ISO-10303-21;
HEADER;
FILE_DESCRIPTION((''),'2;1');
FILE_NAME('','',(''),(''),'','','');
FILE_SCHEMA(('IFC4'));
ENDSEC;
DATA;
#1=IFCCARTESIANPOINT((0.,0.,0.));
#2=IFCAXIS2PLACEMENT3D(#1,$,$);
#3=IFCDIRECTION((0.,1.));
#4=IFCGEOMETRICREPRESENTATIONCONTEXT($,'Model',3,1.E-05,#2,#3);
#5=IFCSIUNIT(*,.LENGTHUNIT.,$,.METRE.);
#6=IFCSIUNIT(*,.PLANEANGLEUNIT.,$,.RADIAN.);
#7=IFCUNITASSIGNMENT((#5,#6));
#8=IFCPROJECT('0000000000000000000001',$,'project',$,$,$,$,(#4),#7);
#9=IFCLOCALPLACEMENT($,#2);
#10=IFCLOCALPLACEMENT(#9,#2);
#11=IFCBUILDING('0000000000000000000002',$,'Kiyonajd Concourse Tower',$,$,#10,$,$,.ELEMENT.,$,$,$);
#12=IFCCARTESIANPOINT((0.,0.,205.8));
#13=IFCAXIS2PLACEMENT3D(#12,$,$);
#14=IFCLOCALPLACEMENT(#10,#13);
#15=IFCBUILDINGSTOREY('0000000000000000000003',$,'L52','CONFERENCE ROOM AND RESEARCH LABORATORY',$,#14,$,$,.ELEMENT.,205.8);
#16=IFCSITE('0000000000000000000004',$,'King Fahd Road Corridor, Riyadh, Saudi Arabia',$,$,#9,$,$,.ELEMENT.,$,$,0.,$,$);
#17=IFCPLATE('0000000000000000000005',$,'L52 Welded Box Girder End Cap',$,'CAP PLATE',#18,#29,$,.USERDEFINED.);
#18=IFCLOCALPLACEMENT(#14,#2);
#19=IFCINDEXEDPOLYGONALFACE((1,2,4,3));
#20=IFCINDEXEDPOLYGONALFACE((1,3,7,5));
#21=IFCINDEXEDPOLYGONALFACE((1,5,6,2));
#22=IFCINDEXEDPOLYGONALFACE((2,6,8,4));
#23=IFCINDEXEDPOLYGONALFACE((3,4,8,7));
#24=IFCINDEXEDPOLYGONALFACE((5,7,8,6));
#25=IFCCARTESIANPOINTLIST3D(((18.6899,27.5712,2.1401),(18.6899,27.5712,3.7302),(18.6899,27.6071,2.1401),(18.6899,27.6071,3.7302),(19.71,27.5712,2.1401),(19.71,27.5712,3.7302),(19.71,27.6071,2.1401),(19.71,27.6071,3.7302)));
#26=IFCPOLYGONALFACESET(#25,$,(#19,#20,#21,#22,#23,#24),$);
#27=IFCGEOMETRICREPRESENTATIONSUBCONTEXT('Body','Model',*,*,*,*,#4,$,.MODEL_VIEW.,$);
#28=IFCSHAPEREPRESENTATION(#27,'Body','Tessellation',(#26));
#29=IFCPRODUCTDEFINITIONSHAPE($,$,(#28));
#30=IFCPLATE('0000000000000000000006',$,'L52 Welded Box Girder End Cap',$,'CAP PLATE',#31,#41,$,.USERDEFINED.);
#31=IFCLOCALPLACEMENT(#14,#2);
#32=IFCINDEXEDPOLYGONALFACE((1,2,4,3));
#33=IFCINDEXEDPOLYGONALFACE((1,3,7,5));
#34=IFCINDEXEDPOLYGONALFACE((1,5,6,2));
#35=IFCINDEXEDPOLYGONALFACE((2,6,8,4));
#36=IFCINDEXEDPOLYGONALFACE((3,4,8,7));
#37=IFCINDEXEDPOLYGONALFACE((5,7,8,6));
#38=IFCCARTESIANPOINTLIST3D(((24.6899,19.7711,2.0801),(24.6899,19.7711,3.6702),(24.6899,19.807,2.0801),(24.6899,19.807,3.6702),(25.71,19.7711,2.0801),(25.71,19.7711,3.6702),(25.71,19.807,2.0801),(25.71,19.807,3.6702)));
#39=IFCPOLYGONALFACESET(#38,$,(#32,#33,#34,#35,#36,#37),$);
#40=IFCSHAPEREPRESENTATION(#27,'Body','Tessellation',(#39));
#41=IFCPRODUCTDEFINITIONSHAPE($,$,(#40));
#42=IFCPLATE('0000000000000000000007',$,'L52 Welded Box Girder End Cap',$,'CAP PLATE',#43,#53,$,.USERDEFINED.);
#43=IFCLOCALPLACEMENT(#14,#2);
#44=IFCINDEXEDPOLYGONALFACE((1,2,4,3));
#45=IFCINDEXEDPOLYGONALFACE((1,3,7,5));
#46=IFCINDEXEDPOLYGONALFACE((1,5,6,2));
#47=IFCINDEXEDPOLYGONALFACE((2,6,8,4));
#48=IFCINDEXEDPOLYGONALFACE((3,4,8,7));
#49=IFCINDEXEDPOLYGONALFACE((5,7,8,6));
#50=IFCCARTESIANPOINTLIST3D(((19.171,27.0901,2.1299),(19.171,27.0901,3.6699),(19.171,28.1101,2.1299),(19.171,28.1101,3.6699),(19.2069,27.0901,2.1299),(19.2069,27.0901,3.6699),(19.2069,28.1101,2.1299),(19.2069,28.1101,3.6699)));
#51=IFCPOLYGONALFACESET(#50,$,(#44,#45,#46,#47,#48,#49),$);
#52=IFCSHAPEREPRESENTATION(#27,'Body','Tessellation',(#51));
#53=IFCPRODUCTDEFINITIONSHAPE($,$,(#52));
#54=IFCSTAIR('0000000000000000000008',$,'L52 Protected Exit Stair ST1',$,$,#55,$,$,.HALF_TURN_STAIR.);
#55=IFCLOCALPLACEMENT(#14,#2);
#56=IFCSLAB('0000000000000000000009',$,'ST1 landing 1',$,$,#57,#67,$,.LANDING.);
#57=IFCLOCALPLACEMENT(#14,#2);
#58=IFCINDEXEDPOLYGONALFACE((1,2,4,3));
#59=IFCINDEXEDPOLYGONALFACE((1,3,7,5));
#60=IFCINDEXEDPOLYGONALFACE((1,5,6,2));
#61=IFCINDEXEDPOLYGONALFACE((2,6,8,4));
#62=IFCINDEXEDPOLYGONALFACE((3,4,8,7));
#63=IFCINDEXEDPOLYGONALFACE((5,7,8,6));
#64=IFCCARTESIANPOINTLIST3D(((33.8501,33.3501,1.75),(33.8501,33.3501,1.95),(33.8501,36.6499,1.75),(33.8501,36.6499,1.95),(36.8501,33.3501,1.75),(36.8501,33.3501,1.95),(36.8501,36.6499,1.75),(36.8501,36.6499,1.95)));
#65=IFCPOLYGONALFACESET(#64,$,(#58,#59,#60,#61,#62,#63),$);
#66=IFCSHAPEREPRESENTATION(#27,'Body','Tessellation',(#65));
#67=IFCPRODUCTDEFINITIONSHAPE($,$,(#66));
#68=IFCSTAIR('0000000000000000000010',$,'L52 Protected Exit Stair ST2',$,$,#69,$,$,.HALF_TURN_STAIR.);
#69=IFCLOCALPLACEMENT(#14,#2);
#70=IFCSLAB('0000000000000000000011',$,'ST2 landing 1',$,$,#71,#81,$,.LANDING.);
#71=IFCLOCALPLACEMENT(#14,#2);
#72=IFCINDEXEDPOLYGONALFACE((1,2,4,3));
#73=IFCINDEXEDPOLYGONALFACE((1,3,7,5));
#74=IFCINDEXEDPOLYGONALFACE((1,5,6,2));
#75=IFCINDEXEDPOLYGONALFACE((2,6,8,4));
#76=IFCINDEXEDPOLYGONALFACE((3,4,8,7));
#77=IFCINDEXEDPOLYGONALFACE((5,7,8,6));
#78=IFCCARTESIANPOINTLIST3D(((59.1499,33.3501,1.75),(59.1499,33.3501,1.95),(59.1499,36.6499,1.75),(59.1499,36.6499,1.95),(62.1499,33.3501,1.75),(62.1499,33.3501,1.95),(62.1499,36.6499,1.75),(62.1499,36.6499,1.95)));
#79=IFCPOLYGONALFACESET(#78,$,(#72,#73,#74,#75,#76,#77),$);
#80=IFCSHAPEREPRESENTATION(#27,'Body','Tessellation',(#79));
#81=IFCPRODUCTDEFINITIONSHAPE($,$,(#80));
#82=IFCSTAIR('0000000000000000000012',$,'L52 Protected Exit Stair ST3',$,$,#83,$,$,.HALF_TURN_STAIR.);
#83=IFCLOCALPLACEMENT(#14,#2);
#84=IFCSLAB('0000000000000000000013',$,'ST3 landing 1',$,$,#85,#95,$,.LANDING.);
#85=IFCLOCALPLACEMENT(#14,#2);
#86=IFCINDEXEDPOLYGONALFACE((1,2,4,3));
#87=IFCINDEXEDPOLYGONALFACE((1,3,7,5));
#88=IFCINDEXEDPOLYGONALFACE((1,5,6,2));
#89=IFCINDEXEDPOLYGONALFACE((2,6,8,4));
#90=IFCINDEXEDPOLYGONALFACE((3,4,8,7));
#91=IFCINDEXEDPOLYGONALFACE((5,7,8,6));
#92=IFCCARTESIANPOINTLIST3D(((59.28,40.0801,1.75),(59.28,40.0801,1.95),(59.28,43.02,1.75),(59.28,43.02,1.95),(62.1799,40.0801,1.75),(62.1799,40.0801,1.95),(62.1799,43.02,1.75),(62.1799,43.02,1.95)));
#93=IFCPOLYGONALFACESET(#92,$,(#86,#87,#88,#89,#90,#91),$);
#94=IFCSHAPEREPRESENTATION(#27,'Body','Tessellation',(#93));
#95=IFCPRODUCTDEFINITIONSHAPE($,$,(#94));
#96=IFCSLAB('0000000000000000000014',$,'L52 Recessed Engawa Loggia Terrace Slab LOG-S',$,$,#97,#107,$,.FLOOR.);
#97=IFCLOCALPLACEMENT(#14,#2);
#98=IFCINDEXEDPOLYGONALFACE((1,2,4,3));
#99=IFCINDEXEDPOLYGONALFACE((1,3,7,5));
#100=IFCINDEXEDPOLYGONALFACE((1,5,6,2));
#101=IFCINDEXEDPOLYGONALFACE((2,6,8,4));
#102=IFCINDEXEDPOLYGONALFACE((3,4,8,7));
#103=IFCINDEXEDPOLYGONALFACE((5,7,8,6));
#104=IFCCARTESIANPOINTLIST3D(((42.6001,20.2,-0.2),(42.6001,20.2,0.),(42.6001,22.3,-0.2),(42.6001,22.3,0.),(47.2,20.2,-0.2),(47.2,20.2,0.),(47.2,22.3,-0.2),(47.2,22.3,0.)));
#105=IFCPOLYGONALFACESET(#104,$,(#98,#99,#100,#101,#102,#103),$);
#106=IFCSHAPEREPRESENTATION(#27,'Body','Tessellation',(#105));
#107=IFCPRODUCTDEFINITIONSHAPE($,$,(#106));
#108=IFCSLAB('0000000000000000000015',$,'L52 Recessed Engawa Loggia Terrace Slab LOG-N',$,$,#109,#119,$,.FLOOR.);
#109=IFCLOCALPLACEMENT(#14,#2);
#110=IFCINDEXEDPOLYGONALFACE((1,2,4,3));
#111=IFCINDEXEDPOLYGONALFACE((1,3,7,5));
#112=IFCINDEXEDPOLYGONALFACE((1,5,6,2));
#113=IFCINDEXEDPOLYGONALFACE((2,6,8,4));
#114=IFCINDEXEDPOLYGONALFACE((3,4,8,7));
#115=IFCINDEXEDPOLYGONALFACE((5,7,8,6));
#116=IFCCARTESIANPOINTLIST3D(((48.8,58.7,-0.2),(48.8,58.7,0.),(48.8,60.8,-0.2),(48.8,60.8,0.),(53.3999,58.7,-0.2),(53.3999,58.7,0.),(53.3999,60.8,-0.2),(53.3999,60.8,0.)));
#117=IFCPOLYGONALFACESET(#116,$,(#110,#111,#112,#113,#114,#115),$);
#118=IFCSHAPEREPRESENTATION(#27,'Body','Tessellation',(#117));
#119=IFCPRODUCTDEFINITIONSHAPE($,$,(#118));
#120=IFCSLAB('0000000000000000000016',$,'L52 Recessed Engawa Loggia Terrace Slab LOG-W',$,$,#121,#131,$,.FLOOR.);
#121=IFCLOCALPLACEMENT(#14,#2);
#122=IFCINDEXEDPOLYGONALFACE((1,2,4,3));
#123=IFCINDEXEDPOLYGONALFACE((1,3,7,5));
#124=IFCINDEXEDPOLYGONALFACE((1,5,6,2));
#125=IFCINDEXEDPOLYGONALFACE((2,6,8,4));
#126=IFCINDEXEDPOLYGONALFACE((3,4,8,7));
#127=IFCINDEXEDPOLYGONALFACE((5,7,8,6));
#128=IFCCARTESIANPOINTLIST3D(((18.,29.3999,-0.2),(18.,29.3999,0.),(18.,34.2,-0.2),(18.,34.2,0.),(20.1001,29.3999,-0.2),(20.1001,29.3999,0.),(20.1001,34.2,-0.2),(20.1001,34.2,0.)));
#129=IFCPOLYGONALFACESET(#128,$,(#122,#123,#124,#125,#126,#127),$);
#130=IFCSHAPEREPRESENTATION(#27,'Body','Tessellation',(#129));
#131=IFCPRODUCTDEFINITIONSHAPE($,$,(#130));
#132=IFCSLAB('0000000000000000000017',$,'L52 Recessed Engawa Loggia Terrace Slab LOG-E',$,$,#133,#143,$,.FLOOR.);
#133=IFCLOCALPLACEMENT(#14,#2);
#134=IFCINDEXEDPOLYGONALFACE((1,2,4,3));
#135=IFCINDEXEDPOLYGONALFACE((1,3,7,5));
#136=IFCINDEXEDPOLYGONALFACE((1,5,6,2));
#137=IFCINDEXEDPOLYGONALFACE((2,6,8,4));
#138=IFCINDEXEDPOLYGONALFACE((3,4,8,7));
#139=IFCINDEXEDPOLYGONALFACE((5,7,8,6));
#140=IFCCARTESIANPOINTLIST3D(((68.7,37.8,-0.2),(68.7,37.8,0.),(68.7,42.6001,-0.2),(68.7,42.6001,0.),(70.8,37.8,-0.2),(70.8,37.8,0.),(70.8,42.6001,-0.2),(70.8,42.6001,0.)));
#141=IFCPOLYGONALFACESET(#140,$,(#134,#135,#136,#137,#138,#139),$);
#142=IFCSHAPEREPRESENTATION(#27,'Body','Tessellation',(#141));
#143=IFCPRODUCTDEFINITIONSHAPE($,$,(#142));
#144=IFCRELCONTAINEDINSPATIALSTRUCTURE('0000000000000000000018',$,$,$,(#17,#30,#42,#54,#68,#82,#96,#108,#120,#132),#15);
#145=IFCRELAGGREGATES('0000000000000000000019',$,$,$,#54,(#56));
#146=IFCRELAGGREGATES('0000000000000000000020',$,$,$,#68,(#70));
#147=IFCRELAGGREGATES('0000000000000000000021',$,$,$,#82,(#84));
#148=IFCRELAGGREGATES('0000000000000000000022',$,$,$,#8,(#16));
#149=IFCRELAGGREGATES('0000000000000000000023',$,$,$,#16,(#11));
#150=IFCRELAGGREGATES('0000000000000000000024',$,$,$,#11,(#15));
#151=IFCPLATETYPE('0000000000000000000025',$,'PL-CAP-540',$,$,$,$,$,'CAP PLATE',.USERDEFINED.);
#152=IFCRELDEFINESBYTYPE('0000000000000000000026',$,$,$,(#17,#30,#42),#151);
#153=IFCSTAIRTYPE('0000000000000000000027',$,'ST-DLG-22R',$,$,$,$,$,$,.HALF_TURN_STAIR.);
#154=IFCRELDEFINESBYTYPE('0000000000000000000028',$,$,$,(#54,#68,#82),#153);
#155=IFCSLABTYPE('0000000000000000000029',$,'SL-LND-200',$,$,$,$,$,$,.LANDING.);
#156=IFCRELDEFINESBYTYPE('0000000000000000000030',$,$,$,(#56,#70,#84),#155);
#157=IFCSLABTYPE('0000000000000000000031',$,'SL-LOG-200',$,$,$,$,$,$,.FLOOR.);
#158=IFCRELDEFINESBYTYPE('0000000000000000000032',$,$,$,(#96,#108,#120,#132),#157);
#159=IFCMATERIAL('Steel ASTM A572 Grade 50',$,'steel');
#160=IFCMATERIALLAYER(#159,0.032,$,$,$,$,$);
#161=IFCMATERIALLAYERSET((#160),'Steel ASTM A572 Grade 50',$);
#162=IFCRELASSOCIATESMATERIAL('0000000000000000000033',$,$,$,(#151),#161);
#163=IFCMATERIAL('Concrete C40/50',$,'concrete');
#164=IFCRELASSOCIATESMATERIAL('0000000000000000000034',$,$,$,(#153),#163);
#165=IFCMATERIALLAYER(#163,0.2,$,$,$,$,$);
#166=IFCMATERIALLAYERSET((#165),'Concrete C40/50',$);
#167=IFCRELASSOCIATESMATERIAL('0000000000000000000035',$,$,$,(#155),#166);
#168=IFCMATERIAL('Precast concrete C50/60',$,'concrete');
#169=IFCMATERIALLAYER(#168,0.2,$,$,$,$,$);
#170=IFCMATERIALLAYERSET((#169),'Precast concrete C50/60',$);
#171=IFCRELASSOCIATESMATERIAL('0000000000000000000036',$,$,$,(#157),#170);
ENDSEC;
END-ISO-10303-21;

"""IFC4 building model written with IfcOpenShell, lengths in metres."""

from ifc_helpers import new_model, si_unit, direction, frame, origin, origin_2d, place, context, subcontext, project, spatial, polyline, rectangle, outline, extrude, material, layer, layer_set, type_object, element, aggregate, save


model = new_model("IFC4")

# Units and contexts
model_context = context("Model", 3, precision=1e-05, world=origin(), true_north=direction((0.0, 1.0)))
body_context = subcontext(model_context, "Body", "Model", "MODEL_VIEW")
ifc_project = project(units=[si_unit("LENGTHUNIT", "METRE"), si_unit("PLANEANGLEUNIT", "RADIAN")], contexts=[model_context])

# Site, building, storey
site_placement = place(None, origin())
site = spatial("IfcSite", under=ifc_project, at=site_placement, Name="King Fahd Road Corridor, Riyadh, Saudi Arabia", CompositionType="ELEMENT", RefElevation=0.0)
building_placement = place(site_placement, origin())
building = spatial("IfcBuilding", under=site, at=building_placement, Name="Kiyonajd Concourse Tower", CompositionType="ELEMENT")
storey_placement = place(building_placement, frame((0.0, 0.0, 205.8)))
storey = spatial("IfcBuildingStorey", under=building, at=storey_placement, Name="L52", Description="CONFERENCE ROOM AND RESEARCH LABORATORY", CompositionType="ELEMENT", Elevation=205.8)

# Shared definitions
ifc_material_1 = material(Name="Steel ASTM A572 Grade 50", Category="steel")

# Plates
ifc_layer_1 = layer(ifc_material_1, 0.032)
ifc_layer_set_1 = layer_set([ifc_layer_1], Name="Steel ASTM A572 Grade 50")
plate_type_1 = type_object("IfcPlateType", Name="PL-CAP-540", ElementType="CAP PLATE", PredefinedType="USERDEFINED", material=ifc_layer_set_1)
for number, where, z_axis, x_axis, name in (
    (1, (19.2, 27.5891, 2.1401), (0.0, 0.0, 1.0), (0.0, -1.0, 0.0), "L52 Welded Box Girder End Cap"),
    (2, (25.2, 19.7891, 2.0801), (0.0, 0.0, 1.0), (0.0, -1.0, 0.0), "L52 Welded Box Girder End Cap"),
):
    element("IfcPlate", number, at=place(storey_placement, frame(where, z_axis=z_axis, x_axis=x_axis)), inside=storey, type_object=plate_type_1, Name=name, ObjectType="CAP PLATE", PredefinedType="USERDEFINED", context=body_context, shape_type="SweptSolid", body=[
        extrude(rectangle(XDim=0.0359, YDim=1.02, at=origin_2d()), origin(), (0.0, 0.0, 1.0), 1.5901),
    ])
plate_1_placement = place(storey_placement, frame((19.189, 27.6001, 2.1299), z_axis=(0.0, 0.0, 1.0), x_axis=(-1.0, 0.0, 0.0)))
element("IfcPlate", 3, at=plate_1_placement, inside=storey, type_object=plate_type_1, Name="L52 Welded Box Girder End Cap", ObjectType="CAP PLATE", PredefinedType="USERDEFINED", context=body_context, shape_type="SweptSolid", body=[
    extrude(rectangle(XDim=0.0359, YDim=1.02, at=origin_2d()), origin(), (0.0, 0.0, 1.0), 1.54),
])

# Stairs, slabs
ifc_material_2 = material(Name="Concrete C40/50", Category="concrete")
stair_type = type_object("IfcStairType", Name="ST-DLG-22R", PredefinedType="HALF_TURN_STAIR", material=ifc_material_2)
stair_1_placement = place(storey_placement, origin())
stair_1 = element("IfcStair", 4, at=stair_1_placement, inside=storey, type_object=stair_type, Name="L52 Protected Exit Stair ST1", PredefinedType="HALF_TURN_STAIR")
ifc_layer_2 = layer(ifc_material_2, 0.2)
ifc_layer_set_2 = layer_set([ifc_layer_2], Name="Concrete C40/50")
slab_type_1 = type_object("IfcSlabType", Name="SL-LND-200", PredefinedType="LANDING", material=ifc_layer_set_2)
slab_1_placement = place(storey_placement, frame((0.0, 0.0, 1.75)))
slab_1 = element("IfcSlab", 5, at=slab_1_placement, type_object=slab_type_1, Name="ST1 landing 1", PredefinedType="LANDING", context=body_context, shape_type="SweptSolid", body=[
    extrude(outline(polyline([(36.8501, 33.3501), (36.8501, 36.6499), (33.8501, 36.6499), (33.8501, 33.3501), (36.8501, 33.3501)])), origin(), (0.0, 0.0, 1.0), 0.2),
])
aggregate(stair_1, [slab_1])
stair_2_placement = place(storey_placement, origin())
stair_2 = element("IfcStair", 6, at=stair_2_placement, inside=storey, type_object=stair_type, Name="L52 Protected Exit Stair ST2", PredefinedType="HALF_TURN_STAIR")
slab_2_placement = place(storey_placement, frame((0.0, 0.0, 1.75)))
slab_2 = element("IfcSlab", 7, at=slab_2_placement, type_object=slab_type_1, Name="ST2 landing 1", PredefinedType="LANDING", context=body_context, shape_type="SweptSolid", body=[
    extrude(outline(polyline([(62.1499, 33.3501), (62.1499, 36.6499), (59.1499, 36.6499), (59.1499, 33.3501), (62.1499, 33.3501)])), origin(), (0.0, 0.0, 1.0), 0.2),
])
aggregate(stair_2, [slab_2])
stair_3_placement = place(storey_placement, origin())
stair_3 = element("IfcStair", 8, at=stair_3_placement, inside=storey, type_object=stair_type, Name="L52 Protected Exit Stair ST3", PredefinedType="HALF_TURN_STAIR")
slab_3_placement = place(storey_placement, frame((0.0, 0.0, 1.75)))
slab_3 = element("IfcSlab", 9, at=slab_3_placement, type_object=slab_type_1, Name="ST3 landing 1", PredefinedType="LANDING", context=body_context, shape_type="SweptSolid", body=[
    extrude(outline(polyline([(59.28, 40.0801), (62.1799, 40.0801), (62.1799, 43.02), (59.28, 43.02), (59.28, 40.0801)])), origin(), (0.0, 0.0, 1.0), 0.2),
])
aggregate(stair_3, [slab_3])

# Slabs
ifc_material_3 = material(Name="Precast concrete C50/60", Category="concrete")
ifc_layer_3 = layer(ifc_material_3, 0.2)
ifc_layer_set_3 = layer_set([ifc_layer_3], Name="Precast concrete C50/60")
slab_type_2 = type_object("IfcSlabType", Name="SL-LOG-200", PredefinedType="FLOOR", material=ifc_layer_set_3)
slab_4_placement = place(storey_placement, frame((0.0, 0.0, -0.2)))
element("IfcSlab", 10, at=slab_4_placement, inside=storey, type_object=slab_type_2, Name="L52 Recessed Engawa Loggia Terrace Slab LOG-S", PredefinedType="FLOOR", context=body_context, shape_type="SweptSolid", body=[
    extrude(outline(polyline([(42.6001, 20.2), (47.2, 20.2), (47.2, 22.3), (42.6001, 22.3), (42.6001, 20.2)])), origin(), (0.0, 0.0, 1.0), 0.2),
])
slab_5_placement = place(storey_placement, frame((0.0, 0.0, -0.2)))
element("IfcSlab", 11, at=slab_5_placement, inside=storey, type_object=slab_type_2, Name="L52 Recessed Engawa Loggia Terrace Slab LOG-N", PredefinedType="FLOOR", context=body_context, shape_type="SweptSolid", body=[
    extrude(outline(polyline([(48.8, 58.7), (53.3999, 58.7), (53.3999, 60.8), (48.8, 60.8), (48.8, 58.7)])), origin(), (0.0, 0.0, 1.0), 0.2),
])
slab_6_placement = place(storey_placement, frame((0.0, 0.0, -0.2)))
element("IfcSlab", 12, at=slab_6_placement, inside=storey, type_object=slab_type_2, Name="L52 Recessed Engawa Loggia Terrace Slab LOG-W", PredefinedType="FLOOR", context=body_context, shape_type="SweptSolid", body=[
    extrude(outline(polyline([(18.0, 29.3999), (20.1001, 29.3999), (20.1001, 34.2), (18.0, 34.2), (18.0, 29.3999)])), origin(), (0.0, 0.0, 1.0), 0.2),
])
slab_7_placement = place(storey_placement, frame((0.0, 0.0, -0.2)))
element("IfcSlab", 13, at=slab_7_placement, inside=storey, type_object=slab_type_2, Name="L52 Recessed Engawa Loggia Terrace Slab LOG-E", PredefinedType="FLOOR", context=body_context, shape_type="SweptSolid", body=[
    extrude(outline(polyline([(68.7, 37.8), (70.8, 37.8), (70.8, 42.6001), (68.7, 42.6001), (68.7, 37.8)])), origin(), (0.0, 0.0, 1.0), 0.2),
])

save(model, "model.ifc")
